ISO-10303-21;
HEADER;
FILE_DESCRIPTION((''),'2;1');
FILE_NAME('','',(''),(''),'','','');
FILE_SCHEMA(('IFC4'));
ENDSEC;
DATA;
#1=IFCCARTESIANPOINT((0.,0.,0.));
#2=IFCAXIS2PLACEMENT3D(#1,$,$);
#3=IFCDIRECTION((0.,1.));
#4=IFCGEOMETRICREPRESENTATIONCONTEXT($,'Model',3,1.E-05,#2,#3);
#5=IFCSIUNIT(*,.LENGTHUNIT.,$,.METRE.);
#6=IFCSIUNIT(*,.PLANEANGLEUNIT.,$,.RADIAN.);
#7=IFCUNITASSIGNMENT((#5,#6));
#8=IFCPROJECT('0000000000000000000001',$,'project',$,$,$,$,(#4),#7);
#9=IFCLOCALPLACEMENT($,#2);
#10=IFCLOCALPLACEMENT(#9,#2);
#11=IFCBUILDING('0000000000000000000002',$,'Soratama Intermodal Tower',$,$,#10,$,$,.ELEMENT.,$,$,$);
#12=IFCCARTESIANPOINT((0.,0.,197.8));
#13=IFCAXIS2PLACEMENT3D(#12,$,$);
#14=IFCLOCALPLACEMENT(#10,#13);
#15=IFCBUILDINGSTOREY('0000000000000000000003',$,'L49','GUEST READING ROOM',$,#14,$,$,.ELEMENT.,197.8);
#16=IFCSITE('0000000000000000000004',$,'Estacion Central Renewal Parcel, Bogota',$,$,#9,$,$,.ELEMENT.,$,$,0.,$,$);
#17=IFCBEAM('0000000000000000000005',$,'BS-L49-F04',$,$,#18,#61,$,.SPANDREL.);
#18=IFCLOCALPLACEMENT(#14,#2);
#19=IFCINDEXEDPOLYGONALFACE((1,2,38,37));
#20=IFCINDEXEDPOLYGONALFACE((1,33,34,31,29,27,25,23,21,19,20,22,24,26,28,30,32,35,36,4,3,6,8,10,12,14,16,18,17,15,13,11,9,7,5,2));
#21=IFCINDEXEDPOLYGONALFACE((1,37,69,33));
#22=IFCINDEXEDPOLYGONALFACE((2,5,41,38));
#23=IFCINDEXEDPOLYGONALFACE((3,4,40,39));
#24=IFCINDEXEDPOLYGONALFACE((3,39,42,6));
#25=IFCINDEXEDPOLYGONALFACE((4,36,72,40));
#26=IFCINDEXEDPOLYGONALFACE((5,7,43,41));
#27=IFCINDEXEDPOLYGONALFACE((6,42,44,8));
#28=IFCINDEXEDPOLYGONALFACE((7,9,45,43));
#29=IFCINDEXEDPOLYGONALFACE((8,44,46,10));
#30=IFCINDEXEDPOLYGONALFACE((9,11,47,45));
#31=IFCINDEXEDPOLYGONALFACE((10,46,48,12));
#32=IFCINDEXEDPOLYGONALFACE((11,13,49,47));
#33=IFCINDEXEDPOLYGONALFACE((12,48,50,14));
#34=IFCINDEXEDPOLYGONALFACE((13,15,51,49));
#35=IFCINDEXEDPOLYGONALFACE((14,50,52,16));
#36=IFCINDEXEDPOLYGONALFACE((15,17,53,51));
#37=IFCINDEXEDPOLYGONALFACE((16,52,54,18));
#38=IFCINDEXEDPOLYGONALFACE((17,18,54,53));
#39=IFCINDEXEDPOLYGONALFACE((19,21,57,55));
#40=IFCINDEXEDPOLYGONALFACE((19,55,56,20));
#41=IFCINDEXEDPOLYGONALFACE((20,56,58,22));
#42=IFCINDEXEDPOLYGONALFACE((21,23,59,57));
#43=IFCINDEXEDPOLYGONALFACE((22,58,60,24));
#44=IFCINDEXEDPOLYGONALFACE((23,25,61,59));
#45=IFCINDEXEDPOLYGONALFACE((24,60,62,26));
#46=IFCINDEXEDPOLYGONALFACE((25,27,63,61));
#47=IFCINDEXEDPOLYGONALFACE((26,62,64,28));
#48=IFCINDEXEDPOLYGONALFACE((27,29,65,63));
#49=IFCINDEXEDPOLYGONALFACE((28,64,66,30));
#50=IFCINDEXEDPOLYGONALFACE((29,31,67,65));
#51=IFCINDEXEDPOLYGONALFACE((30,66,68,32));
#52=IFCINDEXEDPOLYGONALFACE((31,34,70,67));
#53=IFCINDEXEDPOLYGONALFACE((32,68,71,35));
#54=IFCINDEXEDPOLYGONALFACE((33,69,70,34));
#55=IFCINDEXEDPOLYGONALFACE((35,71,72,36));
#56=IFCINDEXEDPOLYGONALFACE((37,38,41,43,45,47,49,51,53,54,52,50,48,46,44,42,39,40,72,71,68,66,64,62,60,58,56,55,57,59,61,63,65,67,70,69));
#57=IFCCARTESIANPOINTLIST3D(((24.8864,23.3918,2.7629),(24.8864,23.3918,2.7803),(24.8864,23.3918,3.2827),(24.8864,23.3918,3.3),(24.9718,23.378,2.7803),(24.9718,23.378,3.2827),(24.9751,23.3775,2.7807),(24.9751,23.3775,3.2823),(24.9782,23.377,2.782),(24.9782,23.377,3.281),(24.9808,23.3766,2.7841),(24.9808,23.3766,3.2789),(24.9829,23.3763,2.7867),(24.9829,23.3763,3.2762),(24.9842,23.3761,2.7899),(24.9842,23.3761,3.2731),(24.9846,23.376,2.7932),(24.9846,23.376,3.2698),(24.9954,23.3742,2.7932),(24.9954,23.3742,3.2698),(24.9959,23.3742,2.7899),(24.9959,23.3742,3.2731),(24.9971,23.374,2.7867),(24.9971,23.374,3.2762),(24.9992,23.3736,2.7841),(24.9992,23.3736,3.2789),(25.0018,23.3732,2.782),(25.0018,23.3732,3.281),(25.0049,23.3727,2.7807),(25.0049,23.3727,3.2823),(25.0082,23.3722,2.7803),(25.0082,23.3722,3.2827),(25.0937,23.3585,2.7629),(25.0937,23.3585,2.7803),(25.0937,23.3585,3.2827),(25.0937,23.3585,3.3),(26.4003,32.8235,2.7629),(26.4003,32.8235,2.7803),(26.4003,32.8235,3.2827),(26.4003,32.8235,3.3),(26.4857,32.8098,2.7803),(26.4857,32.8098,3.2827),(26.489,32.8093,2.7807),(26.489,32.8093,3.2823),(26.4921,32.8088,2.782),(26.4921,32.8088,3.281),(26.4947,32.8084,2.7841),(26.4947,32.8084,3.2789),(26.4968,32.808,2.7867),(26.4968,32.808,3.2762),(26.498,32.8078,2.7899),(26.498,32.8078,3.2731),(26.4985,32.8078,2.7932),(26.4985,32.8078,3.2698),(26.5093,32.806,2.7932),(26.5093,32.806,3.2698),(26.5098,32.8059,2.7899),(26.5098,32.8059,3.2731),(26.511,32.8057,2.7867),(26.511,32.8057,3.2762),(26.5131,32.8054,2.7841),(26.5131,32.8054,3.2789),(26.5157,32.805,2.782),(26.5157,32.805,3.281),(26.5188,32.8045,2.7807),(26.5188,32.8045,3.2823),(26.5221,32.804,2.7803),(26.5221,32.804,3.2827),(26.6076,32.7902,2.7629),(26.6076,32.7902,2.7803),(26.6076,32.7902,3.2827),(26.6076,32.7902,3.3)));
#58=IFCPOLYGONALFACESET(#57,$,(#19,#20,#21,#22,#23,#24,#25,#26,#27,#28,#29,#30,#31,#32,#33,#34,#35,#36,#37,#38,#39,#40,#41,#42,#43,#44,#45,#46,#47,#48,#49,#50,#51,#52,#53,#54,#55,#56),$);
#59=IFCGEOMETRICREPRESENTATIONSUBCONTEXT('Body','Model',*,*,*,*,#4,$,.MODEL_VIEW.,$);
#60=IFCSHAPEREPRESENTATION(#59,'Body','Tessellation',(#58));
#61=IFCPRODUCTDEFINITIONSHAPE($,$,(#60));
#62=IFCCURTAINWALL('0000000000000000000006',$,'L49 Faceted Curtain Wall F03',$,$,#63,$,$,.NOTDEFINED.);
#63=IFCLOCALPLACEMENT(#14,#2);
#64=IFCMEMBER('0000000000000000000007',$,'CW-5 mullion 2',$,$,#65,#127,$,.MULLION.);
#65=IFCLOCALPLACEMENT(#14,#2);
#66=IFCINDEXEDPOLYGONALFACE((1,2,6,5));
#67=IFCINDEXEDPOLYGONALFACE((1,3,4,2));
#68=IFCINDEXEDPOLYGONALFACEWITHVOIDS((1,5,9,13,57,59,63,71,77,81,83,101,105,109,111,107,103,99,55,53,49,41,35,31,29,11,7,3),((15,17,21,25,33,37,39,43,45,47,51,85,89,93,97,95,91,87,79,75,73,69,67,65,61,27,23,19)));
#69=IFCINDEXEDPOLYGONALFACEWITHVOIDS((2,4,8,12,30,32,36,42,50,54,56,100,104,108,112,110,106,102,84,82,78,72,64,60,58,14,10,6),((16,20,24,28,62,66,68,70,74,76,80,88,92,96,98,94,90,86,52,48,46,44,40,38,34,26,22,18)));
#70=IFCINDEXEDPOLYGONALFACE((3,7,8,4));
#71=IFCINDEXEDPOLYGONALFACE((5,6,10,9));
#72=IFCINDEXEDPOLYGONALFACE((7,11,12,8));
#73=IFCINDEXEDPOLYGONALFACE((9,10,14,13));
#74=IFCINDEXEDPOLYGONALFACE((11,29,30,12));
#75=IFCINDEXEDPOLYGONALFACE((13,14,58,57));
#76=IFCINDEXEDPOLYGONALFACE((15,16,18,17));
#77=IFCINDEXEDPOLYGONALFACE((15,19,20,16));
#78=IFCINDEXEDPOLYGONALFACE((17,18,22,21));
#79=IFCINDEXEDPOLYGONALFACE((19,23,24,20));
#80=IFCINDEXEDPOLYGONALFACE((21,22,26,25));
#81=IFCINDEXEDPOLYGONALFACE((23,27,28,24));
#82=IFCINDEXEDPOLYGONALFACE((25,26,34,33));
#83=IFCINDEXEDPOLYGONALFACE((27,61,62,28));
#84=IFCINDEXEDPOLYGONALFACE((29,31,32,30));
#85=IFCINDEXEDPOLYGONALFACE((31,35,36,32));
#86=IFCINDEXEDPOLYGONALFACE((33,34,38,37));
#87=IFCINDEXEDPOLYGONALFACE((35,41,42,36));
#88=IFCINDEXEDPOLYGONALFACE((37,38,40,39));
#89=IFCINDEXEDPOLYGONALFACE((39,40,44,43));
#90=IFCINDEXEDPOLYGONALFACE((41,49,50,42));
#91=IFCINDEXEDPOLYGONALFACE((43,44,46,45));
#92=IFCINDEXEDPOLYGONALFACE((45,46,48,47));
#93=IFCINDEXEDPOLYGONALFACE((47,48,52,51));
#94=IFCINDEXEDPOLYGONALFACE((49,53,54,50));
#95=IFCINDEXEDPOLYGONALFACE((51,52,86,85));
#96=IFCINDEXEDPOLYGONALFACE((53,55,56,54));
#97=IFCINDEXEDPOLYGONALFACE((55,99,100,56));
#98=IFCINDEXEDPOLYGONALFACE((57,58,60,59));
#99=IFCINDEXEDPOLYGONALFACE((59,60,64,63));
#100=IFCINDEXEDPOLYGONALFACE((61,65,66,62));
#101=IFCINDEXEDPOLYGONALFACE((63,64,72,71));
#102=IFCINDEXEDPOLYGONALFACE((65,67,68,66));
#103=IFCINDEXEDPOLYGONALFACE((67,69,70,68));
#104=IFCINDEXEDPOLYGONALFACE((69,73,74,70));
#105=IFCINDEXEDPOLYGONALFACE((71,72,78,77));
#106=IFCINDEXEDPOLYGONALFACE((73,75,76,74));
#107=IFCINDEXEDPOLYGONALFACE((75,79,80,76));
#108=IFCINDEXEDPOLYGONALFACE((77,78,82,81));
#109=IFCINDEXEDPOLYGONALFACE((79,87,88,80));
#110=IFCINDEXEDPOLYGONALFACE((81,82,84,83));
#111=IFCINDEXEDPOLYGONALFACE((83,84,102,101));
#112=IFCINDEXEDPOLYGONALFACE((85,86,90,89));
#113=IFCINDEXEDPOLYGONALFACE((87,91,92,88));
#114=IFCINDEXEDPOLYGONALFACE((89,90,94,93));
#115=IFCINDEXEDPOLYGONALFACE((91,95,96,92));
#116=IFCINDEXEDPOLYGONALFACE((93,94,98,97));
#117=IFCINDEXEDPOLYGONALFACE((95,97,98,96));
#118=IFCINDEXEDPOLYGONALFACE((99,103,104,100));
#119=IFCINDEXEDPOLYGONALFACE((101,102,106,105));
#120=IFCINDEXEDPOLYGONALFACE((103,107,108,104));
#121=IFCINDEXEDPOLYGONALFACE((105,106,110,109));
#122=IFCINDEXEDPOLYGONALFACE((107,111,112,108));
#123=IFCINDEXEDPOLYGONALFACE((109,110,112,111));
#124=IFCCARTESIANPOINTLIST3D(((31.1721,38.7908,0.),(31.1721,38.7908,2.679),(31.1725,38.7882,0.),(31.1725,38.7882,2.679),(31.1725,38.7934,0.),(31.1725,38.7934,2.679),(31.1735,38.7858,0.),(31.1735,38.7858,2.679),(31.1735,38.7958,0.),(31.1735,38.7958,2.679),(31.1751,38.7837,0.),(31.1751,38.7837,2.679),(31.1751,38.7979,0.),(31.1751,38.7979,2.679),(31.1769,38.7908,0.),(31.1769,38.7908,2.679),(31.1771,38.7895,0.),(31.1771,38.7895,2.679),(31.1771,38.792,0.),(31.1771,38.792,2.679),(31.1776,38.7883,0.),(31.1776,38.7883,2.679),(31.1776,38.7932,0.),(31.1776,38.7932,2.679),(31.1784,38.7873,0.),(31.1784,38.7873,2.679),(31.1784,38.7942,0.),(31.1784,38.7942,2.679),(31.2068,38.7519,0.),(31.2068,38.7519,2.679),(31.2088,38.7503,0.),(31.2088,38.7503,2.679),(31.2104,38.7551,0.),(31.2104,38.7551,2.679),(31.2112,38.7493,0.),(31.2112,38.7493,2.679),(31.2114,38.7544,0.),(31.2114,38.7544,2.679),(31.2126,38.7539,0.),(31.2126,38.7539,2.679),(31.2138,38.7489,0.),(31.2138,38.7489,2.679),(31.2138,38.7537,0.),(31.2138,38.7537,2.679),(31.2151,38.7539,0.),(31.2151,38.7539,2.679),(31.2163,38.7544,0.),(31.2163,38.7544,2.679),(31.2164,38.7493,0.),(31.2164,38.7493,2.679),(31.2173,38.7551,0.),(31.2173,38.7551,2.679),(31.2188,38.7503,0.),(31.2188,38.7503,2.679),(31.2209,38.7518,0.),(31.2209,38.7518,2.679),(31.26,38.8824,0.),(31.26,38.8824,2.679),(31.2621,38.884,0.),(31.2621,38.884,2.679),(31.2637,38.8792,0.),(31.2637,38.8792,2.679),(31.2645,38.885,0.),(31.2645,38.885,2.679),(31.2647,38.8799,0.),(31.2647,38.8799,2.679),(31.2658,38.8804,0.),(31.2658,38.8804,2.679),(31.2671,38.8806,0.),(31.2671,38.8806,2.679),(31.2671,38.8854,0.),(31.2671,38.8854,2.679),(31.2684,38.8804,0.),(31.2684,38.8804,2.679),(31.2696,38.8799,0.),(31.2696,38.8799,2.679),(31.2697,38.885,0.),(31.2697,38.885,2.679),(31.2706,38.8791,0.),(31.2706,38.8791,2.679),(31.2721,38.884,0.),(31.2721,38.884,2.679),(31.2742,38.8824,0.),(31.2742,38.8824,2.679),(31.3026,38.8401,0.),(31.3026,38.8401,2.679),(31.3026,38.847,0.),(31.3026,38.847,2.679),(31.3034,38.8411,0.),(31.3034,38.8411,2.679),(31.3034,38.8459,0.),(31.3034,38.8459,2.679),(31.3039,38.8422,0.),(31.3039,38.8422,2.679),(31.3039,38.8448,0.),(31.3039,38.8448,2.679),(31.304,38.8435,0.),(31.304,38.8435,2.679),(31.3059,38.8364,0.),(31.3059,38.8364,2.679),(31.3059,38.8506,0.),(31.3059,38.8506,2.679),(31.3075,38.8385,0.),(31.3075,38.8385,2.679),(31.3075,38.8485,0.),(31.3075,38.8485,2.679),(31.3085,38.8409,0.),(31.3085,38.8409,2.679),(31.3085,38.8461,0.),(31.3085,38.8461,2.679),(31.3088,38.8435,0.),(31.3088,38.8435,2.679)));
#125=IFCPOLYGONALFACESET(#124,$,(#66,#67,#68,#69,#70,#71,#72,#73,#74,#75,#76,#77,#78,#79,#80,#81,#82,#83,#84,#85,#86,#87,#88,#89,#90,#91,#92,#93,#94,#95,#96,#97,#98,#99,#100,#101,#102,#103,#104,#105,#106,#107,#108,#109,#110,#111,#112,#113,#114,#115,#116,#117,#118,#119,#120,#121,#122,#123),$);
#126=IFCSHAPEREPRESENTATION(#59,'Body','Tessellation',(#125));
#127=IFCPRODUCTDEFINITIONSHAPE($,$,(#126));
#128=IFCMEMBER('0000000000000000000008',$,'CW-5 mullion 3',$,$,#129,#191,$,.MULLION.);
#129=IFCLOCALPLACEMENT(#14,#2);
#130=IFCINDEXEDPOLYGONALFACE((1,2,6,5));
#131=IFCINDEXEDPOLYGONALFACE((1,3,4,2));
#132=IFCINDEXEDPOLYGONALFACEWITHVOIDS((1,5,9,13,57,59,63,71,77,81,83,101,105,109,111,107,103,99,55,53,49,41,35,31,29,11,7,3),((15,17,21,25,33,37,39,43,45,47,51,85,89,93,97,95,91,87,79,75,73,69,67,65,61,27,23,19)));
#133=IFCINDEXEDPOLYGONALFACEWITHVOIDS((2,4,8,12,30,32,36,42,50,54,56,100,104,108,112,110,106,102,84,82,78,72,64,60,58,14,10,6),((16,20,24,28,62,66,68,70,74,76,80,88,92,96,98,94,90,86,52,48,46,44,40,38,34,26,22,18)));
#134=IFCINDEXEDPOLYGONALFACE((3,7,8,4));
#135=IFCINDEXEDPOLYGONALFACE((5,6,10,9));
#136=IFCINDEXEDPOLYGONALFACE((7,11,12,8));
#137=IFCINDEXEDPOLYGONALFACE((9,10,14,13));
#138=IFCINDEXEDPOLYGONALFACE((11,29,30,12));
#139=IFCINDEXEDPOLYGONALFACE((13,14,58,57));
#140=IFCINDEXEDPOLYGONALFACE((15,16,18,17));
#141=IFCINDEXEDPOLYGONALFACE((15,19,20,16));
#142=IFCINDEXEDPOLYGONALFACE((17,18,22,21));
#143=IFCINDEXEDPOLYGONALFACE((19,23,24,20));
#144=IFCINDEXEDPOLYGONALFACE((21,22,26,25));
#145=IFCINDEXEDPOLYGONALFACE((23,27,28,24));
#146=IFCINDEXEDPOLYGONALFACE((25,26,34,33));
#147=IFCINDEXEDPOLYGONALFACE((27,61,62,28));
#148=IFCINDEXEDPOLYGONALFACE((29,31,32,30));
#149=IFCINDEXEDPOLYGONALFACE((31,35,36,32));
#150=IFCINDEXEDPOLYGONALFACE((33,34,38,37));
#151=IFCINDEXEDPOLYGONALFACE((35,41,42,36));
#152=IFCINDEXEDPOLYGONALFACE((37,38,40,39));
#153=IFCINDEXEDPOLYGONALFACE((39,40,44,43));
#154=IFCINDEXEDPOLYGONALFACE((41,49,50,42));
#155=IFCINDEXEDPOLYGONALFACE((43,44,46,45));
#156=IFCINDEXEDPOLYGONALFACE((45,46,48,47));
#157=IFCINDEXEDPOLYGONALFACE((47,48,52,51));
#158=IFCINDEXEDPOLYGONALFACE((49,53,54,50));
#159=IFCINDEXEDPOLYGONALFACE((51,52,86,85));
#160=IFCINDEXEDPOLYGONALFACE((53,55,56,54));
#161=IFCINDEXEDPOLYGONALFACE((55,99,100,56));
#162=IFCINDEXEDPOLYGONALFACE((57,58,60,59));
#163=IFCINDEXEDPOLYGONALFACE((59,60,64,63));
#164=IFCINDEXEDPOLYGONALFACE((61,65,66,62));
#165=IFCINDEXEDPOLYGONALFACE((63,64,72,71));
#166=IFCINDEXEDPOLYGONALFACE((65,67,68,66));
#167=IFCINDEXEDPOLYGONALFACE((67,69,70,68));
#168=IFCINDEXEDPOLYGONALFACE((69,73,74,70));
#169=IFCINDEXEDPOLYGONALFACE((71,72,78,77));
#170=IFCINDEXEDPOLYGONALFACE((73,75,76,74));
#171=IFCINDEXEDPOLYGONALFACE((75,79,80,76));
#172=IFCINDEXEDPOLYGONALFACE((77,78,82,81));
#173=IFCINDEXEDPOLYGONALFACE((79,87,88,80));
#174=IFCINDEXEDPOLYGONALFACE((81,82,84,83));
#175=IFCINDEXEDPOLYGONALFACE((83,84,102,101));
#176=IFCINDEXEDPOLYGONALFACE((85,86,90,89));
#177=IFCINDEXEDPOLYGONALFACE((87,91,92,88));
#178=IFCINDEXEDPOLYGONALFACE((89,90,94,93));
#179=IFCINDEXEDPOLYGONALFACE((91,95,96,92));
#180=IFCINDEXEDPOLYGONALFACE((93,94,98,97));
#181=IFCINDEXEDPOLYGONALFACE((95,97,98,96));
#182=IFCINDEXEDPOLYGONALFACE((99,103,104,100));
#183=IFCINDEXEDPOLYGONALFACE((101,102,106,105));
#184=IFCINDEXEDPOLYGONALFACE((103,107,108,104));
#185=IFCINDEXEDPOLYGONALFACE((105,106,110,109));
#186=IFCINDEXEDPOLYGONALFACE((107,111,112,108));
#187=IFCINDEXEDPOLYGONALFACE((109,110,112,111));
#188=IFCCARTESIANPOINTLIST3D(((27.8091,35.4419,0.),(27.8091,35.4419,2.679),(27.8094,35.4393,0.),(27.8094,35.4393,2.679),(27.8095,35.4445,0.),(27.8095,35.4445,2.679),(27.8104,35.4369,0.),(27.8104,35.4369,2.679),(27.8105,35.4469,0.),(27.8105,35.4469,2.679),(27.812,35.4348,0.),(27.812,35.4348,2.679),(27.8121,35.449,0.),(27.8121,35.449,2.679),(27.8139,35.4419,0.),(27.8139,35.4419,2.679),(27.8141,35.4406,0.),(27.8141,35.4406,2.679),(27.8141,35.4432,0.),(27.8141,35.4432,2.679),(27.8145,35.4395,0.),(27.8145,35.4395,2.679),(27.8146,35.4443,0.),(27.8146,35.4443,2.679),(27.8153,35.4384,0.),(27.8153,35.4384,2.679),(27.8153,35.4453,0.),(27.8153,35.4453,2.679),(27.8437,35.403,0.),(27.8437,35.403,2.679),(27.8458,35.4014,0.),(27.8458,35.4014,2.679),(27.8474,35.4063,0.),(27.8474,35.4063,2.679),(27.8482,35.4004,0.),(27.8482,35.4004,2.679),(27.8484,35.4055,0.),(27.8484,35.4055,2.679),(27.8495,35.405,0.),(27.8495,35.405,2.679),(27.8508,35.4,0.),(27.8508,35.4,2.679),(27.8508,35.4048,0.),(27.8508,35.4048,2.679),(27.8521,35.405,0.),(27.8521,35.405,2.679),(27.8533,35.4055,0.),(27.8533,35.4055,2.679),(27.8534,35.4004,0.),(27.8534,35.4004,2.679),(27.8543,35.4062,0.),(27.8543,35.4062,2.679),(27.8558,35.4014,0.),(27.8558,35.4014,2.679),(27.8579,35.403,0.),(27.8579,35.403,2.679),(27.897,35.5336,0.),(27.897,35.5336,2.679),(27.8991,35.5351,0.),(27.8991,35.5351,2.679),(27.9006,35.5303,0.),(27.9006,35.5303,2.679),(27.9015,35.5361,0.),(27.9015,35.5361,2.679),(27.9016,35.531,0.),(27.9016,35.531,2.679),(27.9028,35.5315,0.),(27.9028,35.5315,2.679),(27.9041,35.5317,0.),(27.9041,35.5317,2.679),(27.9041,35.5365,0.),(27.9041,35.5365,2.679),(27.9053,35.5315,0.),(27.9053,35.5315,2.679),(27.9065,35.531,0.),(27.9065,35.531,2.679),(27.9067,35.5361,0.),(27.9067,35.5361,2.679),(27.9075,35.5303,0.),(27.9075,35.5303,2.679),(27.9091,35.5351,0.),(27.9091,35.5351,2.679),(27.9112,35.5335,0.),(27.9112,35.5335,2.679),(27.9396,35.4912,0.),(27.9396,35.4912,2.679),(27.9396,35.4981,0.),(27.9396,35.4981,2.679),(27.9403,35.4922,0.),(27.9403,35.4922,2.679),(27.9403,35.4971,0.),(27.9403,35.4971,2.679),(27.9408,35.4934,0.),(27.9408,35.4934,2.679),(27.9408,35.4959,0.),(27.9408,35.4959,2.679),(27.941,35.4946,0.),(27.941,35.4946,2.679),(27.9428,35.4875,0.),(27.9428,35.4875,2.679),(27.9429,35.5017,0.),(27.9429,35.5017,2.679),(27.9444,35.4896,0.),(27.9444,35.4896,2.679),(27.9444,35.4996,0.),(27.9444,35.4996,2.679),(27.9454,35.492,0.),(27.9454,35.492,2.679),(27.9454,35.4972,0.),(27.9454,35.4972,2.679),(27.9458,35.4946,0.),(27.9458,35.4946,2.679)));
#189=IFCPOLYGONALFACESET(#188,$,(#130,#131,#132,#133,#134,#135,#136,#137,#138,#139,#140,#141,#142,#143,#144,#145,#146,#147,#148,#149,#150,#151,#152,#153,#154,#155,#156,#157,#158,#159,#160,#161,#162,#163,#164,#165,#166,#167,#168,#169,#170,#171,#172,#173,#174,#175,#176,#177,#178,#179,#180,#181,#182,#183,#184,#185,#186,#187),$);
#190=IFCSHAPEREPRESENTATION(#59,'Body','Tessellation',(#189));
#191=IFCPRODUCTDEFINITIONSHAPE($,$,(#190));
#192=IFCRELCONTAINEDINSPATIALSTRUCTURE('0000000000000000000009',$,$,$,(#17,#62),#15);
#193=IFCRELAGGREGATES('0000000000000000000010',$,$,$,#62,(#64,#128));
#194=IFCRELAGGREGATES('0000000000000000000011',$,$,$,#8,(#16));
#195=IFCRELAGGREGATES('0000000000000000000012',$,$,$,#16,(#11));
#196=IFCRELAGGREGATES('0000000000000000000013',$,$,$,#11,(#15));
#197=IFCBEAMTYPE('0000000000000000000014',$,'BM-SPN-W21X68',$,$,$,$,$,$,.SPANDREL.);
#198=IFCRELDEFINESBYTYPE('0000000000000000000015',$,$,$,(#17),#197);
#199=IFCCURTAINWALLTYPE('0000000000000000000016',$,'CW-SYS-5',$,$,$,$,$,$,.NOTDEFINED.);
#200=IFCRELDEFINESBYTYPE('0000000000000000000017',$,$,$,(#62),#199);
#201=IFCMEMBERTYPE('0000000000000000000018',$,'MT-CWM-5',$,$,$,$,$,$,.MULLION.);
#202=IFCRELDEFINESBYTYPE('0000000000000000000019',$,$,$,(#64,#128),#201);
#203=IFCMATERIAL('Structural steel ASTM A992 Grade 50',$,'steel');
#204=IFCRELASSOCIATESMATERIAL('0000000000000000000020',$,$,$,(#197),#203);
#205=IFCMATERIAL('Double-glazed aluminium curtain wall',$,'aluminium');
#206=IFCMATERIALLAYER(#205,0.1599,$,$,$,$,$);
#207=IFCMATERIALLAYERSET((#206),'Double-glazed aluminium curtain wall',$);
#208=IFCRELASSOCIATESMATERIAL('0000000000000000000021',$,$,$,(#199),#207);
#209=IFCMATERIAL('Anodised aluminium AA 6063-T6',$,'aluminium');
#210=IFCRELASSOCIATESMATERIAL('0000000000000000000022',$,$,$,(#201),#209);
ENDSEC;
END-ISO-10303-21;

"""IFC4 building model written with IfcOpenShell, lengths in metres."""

from ifc_helpers import new_model, si_unit, direction, frame, origin, origin_2d, place, context, subcontext, project, spatial, hollow_rectangle, i_section, extrude, material, layer, layer_set, material_profile, profile_set, type_object, element, aggregate, save


model = new_model("IFC4")

# Units and contexts
model_context = context("Model", 3, precision=1e-05, world=origin(), true_north=direction((0.0, 1.0)))
body_context = subcontext(model_context, "Body", "Model", "MODEL_VIEW")
ifc_project = project(units=[si_unit("LENGTHUNIT", "METRE"), si_unit("PLANEANGLEUNIT", "RADIAN")], contexts=[model_context])

# Site, building, storey
site_placement = place(None, origin())
site = spatial("IfcSite", under=ifc_project, at=site_placement, Name="Estacion Central Renewal Parcel, Bogota", CompositionType="ELEMENT", RefElevation=0.0)
building_placement = place(site_placement, origin())
building = spatial("IfcBuilding", under=site, at=building_placement, Name="Soratama Intermodal Tower", CompositionType="ELEMENT")
storey_placement = place(building_placement, frame((0.0, 0.0, 197.8)))
storey = spatial("IfcBuildingStorey", under=building, at=storey_placement, Name="L49", Description="GUEST READING ROOM", CompositionType="ELEMENT", Elevation=197.8)

# Beam
ifc_material_1 = material(Name="Structural steel ASTM A992 Grade 50", Category="steel")
ifc_material_profile_1 = material_profile(ifc_material_1, i_section(OverallWidth=0.21, OverallDepth=0.5371, WebThickness=0.011, FlangeThickness=0.0173, FilletRadius=0.0129, at=origin_2d()), Name="W21X68")
ifc_profile_set_1 = profile_set([ifc_material_profile_1], Name="Structural steel ASTM A992 Grade 50")
beam_type_1 = type_object("IfcBeamType", Name="BM-SPN-W21X68", PredefinedType="SPANDREL", material=ifc_profile_set_1)
beam_1_placement = place(storey_placement, frame((26.5039, 32.8069, 3.0315), z_axis=(-0.158482, -0.987362, 0.0), x_axis=(0.987362, -0.158482, 0.0)))
element("IfcBeam", 1, at=beam_1_placement, inside=storey, type_object=beam_type_1, Name="BS-L49-F04", PredefinedType="SPANDREL", context=body_context, shape_type="SweptSolid", body=[
    extrude(i_section(OverallWidth=0.21, OverallDepth=0.5371, WebThickness=0.011, FlangeThickness=0.0173, FilletRadius=0.0129, at=origin_2d()), origin(), (0.0, 0.0, 1.0), 9.5525),
])

# Curtain wall, members
ifc_material_2 = material(Name="Double-glazed aluminium curtain wall", Category="aluminium")
ifc_layer_1 = layer(ifc_material_2, 0.1599)
ifc_layer_set_1 = layer_set([ifc_layer_1], Name="Double-glazed aluminium curtain wall")
curtain_wall_type = type_object("IfcCurtainWallType", Name="CW-SYS-5", PredefinedType="NOTDEFINED", material=ifc_layer_set_1)
curtain_wall_placement = place(storey_placement, origin())
curtain_wall = element("IfcCurtainWall", 2, at=curtain_wall_placement, inside=storey, type_object=curtain_wall_type, Name="L49 Faceted Curtain Wall F03", PredefinedType="NOTDEFINED")
ifc_material_3 = material(Name="Anodised aluminium AA 6063-T6", Category="aluminium")
ifc_material_profile_2 = material_profile(ifc_material_3, hollow_rectangle(XDim=0.0649, YDim=0.1399, WallThickness=0.0049, InnerFilletRadius=0.0049, OuterFilletRadius=0.01, at=origin_2d()), Name="CWM140X65X5")
ifc_profile_set_2 = profile_set([ifc_material_profile_2], Name="Anodised aluminium AA 6063-T6")
member_type_1 = type_object("IfcMemberType", Name="MT-CWM-5", PredefinedType="MULLION", material=ifc_profile_set_2)
member_1_placement = place(storey_placement, frame((31.2405, 38.8171, 0.0), z_axis=(0.0, 0.0, 1.0), x_axis=(0.705624, -0.708587, 0.0)))
member_1 = element("IfcMember", 3, at=member_1_placement, type_object=member_type_1, Name="CW-5 mullion 2", PredefinedType="MULLION", context=body_context, shape_type="SweptSolid", body=[
    extrude(hollow_rectangle(XDim=0.0649, YDim=0.1399, WallThickness=0.0049, InnerFilletRadius=0.0049, OuterFilletRadius=0.01, at=origin_2d()), origin(), (0.0, 0.0, 1.0), 2.679),
])
member_2_placement = place(storey_placement, frame((27.8774, 35.4683, 0.0), z_axis=(0.0, 0.0, 1.0), x_axis=(0.705624, -0.708587, 0.0)))
member_2 = element("IfcMember", 4, at=member_2_placement, type_object=member_type_1, Name="CW-5 mullion 3", PredefinedType="MULLION", context=body_context, shape_type="SweptSolid", body=[
    extrude(hollow_rectangle(XDim=0.0649, YDim=0.1399, WallThickness=0.0049, InnerFilletRadius=0.0049, OuterFilletRadius=0.01, at=origin_2d()), origin(), (0.0, 0.0, 1.0), 2.679),
])
aggregate(curtain_wall, [member_1, member_2])

save(model, "model.ifc")
